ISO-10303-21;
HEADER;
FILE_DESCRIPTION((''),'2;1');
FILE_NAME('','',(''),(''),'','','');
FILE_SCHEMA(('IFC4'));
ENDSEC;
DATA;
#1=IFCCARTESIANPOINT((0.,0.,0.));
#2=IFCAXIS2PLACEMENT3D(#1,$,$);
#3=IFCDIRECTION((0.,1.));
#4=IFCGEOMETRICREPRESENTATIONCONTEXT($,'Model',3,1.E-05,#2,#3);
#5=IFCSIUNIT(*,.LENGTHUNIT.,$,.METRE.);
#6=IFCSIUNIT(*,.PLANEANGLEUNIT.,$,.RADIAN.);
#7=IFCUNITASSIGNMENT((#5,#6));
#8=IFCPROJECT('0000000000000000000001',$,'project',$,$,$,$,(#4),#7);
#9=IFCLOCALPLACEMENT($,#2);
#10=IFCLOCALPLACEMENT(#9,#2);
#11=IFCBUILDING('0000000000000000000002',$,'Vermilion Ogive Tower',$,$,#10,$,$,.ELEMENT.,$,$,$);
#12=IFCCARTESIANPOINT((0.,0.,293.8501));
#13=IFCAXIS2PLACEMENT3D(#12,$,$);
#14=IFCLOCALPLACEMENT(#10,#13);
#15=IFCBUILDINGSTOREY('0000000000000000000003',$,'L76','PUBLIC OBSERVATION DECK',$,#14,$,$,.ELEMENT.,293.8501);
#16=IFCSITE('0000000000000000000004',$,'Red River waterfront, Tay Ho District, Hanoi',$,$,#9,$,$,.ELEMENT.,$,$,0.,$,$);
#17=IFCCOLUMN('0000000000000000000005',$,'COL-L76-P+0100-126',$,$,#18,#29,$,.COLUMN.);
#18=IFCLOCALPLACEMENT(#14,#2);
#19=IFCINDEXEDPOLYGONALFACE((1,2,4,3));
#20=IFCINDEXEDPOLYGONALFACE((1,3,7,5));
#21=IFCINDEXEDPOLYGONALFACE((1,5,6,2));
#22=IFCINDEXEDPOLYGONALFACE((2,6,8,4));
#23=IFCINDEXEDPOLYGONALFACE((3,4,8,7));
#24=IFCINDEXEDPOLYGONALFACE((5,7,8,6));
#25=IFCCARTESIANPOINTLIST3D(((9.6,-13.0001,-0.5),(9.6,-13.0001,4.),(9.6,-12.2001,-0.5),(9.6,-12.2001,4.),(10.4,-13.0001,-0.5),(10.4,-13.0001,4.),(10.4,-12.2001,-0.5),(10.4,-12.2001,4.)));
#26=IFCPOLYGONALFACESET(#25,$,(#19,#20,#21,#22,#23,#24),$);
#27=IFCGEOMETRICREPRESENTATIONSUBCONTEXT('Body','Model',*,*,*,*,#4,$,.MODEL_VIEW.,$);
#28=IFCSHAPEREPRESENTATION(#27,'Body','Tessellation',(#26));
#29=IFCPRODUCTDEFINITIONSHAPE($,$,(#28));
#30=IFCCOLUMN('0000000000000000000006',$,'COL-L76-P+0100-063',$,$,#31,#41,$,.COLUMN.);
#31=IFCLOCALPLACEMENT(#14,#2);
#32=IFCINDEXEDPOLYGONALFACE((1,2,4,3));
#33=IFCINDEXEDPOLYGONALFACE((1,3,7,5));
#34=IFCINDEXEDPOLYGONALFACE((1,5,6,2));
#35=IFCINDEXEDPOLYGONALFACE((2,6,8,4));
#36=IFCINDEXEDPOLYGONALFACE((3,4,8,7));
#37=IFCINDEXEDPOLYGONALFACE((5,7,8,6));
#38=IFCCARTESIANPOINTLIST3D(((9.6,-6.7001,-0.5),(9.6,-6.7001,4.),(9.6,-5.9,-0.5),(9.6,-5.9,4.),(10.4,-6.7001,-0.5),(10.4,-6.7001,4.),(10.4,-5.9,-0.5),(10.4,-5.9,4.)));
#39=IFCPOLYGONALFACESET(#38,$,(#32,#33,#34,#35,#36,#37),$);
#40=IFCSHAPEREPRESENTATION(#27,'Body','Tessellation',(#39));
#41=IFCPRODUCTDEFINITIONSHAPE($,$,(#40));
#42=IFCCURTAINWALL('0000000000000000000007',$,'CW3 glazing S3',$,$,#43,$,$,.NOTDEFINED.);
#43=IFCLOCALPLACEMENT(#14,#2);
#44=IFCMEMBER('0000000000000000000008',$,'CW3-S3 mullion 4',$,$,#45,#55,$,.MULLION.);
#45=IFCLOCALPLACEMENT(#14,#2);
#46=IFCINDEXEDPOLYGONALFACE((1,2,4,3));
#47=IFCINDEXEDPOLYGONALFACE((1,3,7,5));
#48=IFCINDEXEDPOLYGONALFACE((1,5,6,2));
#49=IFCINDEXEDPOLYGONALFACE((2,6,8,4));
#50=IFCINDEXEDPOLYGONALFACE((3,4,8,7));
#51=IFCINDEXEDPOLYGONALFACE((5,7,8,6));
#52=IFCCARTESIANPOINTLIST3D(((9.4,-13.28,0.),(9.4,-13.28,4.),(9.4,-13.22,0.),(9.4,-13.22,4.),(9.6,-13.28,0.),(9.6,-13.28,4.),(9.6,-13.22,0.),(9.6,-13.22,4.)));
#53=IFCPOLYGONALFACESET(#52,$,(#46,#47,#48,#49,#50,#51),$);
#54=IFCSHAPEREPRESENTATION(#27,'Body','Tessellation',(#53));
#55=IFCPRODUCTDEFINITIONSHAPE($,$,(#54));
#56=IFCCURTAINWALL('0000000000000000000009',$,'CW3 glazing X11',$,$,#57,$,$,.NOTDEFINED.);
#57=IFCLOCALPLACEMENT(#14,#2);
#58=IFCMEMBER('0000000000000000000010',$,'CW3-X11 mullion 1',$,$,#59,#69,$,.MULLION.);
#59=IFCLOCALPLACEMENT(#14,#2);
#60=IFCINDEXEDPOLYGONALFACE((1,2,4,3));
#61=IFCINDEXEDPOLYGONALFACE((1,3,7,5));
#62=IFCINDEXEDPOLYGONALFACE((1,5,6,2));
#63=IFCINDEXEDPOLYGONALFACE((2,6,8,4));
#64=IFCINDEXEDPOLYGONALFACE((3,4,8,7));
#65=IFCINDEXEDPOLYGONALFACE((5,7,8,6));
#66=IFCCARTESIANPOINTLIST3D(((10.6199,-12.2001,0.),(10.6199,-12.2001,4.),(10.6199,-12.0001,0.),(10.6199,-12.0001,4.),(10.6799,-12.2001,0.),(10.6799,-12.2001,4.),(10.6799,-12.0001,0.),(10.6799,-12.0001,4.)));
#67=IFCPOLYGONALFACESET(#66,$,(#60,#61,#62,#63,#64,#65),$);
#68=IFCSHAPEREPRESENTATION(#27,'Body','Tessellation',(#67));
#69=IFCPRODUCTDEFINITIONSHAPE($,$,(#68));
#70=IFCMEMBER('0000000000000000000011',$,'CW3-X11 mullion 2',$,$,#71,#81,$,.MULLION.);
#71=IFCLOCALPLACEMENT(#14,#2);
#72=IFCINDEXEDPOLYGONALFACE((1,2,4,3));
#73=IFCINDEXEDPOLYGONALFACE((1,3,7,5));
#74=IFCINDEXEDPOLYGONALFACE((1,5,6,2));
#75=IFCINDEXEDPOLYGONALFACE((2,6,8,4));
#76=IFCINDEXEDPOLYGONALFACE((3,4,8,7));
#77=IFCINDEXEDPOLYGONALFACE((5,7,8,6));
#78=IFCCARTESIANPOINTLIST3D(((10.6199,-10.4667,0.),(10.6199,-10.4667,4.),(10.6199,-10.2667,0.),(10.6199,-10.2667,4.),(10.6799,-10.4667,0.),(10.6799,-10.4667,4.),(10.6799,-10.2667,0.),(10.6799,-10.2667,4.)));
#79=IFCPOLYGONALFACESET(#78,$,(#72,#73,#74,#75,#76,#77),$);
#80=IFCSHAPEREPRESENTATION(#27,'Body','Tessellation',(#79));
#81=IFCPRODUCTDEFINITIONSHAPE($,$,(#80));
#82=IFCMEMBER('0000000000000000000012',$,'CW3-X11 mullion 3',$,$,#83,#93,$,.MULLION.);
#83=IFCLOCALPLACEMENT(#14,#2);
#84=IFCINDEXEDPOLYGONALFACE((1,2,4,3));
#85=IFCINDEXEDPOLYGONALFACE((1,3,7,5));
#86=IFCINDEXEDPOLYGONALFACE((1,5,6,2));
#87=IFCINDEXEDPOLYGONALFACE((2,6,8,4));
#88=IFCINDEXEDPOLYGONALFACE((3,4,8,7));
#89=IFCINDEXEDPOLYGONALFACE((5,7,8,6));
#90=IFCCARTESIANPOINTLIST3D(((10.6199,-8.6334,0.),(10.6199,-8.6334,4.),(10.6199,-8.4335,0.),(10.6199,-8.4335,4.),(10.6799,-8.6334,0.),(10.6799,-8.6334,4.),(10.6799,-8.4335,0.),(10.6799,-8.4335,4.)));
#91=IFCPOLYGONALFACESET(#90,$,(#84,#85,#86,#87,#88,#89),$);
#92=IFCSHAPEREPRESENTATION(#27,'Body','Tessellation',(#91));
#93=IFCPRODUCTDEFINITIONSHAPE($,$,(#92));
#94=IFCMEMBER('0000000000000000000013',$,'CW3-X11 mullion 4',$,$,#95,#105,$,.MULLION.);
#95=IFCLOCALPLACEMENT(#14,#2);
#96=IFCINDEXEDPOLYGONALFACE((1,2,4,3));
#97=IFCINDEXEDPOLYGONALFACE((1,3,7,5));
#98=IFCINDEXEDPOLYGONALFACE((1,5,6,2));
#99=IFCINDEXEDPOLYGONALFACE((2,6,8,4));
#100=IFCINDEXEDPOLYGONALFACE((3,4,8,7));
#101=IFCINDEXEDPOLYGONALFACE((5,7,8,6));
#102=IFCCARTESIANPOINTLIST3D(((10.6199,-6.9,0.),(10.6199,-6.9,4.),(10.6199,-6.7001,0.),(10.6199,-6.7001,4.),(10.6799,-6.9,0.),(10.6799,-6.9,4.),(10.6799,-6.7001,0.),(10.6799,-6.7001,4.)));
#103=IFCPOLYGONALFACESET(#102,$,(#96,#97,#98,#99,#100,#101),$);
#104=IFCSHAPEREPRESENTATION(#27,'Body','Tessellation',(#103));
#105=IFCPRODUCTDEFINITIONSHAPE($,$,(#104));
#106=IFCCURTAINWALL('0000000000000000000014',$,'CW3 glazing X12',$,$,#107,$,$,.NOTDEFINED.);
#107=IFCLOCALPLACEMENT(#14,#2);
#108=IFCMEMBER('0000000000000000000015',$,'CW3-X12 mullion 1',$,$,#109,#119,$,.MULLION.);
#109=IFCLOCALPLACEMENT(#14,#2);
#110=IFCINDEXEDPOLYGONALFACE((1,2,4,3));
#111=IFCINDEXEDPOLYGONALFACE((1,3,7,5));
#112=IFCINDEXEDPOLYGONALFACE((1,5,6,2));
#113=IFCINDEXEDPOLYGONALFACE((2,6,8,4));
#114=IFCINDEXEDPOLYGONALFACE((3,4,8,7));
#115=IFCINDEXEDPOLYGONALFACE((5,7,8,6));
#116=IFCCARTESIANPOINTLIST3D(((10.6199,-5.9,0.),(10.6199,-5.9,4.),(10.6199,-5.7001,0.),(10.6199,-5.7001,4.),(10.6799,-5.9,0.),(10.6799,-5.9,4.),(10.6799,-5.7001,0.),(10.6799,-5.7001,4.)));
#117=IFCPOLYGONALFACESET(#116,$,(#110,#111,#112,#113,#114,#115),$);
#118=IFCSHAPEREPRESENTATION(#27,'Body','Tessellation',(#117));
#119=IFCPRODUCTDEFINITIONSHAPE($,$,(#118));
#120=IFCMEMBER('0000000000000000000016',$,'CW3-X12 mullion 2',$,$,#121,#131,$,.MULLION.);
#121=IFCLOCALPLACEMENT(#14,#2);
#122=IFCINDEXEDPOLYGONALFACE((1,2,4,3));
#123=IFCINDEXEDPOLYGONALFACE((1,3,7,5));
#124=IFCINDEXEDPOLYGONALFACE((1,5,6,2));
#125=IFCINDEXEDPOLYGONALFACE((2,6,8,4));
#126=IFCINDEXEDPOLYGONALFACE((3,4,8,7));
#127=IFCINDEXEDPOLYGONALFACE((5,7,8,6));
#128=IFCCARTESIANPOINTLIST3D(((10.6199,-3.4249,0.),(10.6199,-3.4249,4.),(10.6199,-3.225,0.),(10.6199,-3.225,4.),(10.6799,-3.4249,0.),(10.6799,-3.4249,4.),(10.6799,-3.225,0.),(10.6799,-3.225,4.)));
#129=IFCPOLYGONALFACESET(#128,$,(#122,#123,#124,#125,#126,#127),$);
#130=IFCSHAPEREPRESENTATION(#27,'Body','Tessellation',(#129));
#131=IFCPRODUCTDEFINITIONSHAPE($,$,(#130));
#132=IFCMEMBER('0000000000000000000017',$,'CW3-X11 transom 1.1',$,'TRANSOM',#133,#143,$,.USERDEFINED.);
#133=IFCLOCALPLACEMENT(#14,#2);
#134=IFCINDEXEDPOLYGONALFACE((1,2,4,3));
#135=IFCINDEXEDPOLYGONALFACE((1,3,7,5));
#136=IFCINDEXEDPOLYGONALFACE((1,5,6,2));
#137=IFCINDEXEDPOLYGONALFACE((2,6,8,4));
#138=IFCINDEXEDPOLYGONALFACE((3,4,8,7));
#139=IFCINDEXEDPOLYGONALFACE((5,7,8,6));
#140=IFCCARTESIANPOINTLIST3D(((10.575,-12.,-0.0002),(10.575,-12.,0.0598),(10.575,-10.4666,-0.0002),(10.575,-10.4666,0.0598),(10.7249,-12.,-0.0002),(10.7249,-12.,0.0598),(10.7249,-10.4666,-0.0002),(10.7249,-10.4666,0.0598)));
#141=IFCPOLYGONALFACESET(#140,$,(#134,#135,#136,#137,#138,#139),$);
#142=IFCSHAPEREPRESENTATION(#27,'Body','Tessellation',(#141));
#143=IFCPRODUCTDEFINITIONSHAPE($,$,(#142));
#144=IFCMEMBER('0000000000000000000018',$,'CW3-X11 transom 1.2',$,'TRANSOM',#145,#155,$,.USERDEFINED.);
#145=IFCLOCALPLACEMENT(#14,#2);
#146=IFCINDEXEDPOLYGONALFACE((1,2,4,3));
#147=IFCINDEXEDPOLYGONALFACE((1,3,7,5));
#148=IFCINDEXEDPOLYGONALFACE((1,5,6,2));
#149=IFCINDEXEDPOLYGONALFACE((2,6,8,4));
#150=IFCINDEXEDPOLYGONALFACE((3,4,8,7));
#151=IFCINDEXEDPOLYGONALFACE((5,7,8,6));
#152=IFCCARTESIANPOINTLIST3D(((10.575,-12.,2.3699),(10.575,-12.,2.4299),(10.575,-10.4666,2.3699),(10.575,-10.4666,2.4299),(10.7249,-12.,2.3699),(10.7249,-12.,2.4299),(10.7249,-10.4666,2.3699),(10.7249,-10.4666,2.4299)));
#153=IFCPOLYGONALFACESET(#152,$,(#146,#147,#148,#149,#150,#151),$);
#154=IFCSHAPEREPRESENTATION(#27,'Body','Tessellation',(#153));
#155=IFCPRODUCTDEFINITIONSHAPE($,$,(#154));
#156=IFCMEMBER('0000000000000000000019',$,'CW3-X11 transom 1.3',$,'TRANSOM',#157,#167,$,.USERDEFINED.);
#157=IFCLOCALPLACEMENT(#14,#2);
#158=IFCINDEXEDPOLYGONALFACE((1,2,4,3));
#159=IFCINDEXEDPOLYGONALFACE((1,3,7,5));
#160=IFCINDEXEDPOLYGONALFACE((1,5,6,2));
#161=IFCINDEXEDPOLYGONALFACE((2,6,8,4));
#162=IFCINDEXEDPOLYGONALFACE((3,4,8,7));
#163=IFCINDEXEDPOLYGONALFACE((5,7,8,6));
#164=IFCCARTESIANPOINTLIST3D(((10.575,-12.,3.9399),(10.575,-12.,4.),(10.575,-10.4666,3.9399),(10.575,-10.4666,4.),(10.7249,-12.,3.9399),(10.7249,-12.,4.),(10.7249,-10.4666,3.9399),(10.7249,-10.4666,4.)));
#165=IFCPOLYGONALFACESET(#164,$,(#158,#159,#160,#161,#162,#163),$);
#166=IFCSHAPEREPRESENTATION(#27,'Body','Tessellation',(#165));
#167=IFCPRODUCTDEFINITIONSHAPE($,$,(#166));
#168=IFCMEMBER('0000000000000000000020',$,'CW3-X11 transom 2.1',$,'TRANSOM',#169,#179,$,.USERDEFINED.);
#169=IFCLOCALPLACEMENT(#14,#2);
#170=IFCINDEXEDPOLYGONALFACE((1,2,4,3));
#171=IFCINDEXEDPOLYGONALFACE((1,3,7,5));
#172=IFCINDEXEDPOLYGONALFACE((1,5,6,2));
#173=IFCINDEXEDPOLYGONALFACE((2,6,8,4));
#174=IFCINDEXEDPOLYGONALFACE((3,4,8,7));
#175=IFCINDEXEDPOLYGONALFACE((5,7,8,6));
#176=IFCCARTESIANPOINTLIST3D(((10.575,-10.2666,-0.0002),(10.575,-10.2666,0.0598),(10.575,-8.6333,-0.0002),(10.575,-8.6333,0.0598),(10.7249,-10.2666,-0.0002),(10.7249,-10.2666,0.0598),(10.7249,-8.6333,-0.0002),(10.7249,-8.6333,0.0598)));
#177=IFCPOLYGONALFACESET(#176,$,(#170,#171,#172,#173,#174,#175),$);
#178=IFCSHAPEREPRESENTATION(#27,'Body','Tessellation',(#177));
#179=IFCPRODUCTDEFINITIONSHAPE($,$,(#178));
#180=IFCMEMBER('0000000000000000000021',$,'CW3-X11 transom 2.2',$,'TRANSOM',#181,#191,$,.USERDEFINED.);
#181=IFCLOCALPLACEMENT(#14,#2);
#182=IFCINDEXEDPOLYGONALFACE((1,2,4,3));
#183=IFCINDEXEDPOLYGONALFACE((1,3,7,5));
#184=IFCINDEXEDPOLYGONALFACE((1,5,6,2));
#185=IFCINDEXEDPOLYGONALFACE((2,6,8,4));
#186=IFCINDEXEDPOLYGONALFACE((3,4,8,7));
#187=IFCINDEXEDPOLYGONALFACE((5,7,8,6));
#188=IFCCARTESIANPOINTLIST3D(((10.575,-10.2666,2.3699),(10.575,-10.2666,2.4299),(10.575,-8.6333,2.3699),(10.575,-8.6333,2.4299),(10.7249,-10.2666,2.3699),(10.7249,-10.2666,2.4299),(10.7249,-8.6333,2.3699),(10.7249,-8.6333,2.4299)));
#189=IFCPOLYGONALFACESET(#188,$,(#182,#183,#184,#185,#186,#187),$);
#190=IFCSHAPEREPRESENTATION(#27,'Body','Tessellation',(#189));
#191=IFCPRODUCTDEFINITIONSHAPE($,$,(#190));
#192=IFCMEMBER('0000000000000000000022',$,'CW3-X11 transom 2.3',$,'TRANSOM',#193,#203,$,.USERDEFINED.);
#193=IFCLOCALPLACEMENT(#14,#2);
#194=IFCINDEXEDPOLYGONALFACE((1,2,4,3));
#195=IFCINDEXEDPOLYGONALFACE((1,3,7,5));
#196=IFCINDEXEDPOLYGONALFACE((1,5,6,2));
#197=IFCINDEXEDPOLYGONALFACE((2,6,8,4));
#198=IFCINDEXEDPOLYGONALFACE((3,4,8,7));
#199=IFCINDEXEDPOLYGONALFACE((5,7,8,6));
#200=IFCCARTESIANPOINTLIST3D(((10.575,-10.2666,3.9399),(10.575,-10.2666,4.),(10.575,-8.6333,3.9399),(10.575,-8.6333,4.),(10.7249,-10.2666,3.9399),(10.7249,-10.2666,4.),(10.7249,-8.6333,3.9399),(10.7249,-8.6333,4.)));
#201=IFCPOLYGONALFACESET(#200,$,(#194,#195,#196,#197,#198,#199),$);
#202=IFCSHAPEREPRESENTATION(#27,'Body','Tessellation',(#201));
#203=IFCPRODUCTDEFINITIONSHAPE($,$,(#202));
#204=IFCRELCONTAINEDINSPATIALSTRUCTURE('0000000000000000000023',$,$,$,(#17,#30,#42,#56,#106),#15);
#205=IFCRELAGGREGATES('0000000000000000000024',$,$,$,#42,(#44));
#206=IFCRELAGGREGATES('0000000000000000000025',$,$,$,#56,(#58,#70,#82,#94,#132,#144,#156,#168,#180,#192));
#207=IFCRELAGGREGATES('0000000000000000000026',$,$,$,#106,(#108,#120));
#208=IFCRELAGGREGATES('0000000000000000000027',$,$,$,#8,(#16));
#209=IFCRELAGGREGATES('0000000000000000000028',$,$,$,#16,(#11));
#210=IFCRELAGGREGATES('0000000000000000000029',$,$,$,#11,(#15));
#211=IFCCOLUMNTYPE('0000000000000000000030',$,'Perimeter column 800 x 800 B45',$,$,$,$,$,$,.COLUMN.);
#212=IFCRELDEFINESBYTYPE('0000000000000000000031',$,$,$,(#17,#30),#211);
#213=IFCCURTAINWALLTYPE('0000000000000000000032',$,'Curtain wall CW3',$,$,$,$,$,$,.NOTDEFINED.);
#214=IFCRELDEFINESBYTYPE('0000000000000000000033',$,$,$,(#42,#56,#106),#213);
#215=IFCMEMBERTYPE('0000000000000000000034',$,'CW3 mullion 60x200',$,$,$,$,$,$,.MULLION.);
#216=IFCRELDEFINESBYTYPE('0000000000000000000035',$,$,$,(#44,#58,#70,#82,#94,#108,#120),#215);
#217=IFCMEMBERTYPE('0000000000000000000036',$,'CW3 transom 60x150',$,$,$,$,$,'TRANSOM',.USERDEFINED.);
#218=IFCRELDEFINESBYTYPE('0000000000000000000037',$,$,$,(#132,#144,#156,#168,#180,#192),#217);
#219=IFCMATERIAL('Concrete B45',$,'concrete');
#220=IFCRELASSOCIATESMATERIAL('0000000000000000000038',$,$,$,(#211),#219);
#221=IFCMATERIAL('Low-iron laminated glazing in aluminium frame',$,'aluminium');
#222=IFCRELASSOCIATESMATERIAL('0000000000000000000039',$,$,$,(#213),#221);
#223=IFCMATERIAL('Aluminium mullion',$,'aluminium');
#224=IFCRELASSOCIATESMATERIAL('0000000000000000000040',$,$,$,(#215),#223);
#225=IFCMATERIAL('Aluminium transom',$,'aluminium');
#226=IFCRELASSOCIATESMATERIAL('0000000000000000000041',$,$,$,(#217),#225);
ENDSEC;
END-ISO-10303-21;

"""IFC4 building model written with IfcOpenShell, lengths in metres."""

from ifc_helpers import new_model, si_unit, direction, frame, origin, origin_2d, place, context, subcontext, project, spatial, rectangle, extrude, material, material_profile, profile_set, type_object, element, aggregate, save


model = new_model("IFC4")

# Units and contexts
model_context = context("Model", 3, precision=1e-05, world=origin(), true_north=direction((0.0, 1.0)))
body_context = subcontext(model_context, "Body", "Model", "MODEL_VIEW")
ifc_project = project(units=[si_unit("LENGTHUNIT", "METRE"), si_unit("PLANEANGLEUNIT", "RADIAN")], contexts=[model_context])

# Site, building, storey
site_placement = place(None, origin())
site = spatial("IfcSite", under=ifc_project, at=site_placement, Name="Red River waterfront, Tay Ho District, Hanoi", CompositionType="ELEMENT", RefElevation=0.0)
building_placement = place(site_placement, origin())
building = spatial("IfcBuilding", under=site, at=building_placement, Name="Vermilion Ogive Tower", CompositionType="ELEMENT")
storey_placement = place(building_placement, frame((0.0, 0.0, 293.8501)))
storey = spatial("IfcBuildingStorey", under=building, at=storey_placement, Name="L76", Description="PUBLIC OBSERVATION DECK", CompositionType="ELEMENT", Elevation=293.8501)

# Columns
ifc_material_1 = material(Name="Concrete B45", Category="concrete")
ifc_material_profile_1 = material_profile(ifc_material_1, rectangle(XDim=0.8, YDim=0.8, at=origin_2d()), Name="800 x 800")
ifc_profile_set_1 = profile_set([ifc_material_profile_1], Name="Concrete B45")
column_type = type_object("IfcColumnType", Name="Perimeter column 800 x 800 B45", PredefinedType="COLUMN", material=ifc_profile_set_1)
for number, where, z_axis, x_axis, name in (
    (1, (10.0, -12.6001, -0.5), (0.0, 0.0, 1.0), (1.0, 0.0, 0.0), "COL-L76-P+0100-126"),
    (2, (10.0, -6.3, -0.5), (0.0, 0.0, 1.0), (1.0, 0.0, 0.0), "COL-L76-P+0100-063"),
):
    element("IfcColumn", number, at=place(storey_placement, frame(where, z_axis=z_axis, x_axis=x_axis)), inside=storey, type_object=column_type, Name=name, PredefinedType="COLUMN", context=body_context, shape_type="SweptSolid", body=[
        extrude(rectangle(XDim=0.8, YDim=0.8, at=origin_2d()), origin(), (0.0, 0.0, 1.0), 4.5),
    ])

# Curtain wall, member
ifc_material_2 = material(Name="Low-iron laminated glazing in aluminium frame", Category="aluminium")
curtain_wall_type = type_object("IfcCurtainWallType", Name="Curtain wall CW3", PredefinedType="NOTDEFINED", material=ifc_material_2)
curtain_wall_1_placement = place(storey_placement, origin())
curtain_wall_1 = element("IfcCurtainWall", 3, at=curtain_wall_1_placement, inside=storey, type_object=curtain_wall_type, Name="CW3 glazing S3", PredefinedType="NOTDEFINED")
ifc_material_3 = material(Name="Aluminium mullion", Category="aluminium")
ifc_material_profile_2 = material_profile(ifc_material_3, rectangle(XDim=0.0601, YDim=0.2, at=origin_2d()), Name="AL 60x200")
ifc_profile_set_2 = profile_set([ifc_material_profile_2], Name="Aluminium mullion")
member_type_1 = type_object("IfcMemberType", Name="CW3 mullion 60x200", PredefinedType="MULLION", material=ifc_profile_set_2)
member_1_placement = place(storey_placement, frame((9.5, -13.25, 0.0), z_axis=(0.0, 0.0, 1.0), x_axis=(0.0, 1.0, 0.0)))
member_1 = element("IfcMember", 4, at=member_1_placement, type_object=member_type_1, Name="CW3-S3 mullion 4", PredefinedType="MULLION", context=body_context, shape_type="SweptSolid", body=[
    extrude(rectangle(XDim=0.0601, YDim=0.2, at=origin_2d()), origin(), (0.0, 0.0, 1.0), 4.0),
])

# Curtain walls, members
curtain_wall_2_placement = place(storey_placement, origin())
curtain_wall_2 = element("IfcCurtainWall", 5, at=curtain_wall_2_placement, inside=storey, type_object=curtain_wall_type, Name="CW3 glazing X11", PredefinedType="NOTDEFINED")
member_2_placement = place(storey_placement, frame((10.6499, -12.1001, 0.0), z_axis=(0.0, 0.0, 1.0), x_axis=(-1.0, 0.0, 0.0)))
member_2 = element("IfcMember", 6, at=member_2_placement, type_object=member_type_1, Name="CW3-X11 mullion 1", PredefinedType="MULLION", context=body_context, shape_type="SweptSolid", body=[
    extrude(rectangle(XDim=0.0601, YDim=0.2, at=origin_2d()), origin(), (0.0, 0.0, 1.0), 4.0),
])
member_3_placement = place(storey_placement, frame((10.6499, -10.3667, 0.0), z_axis=(0.0, 0.0, 1.0), x_axis=(-1.0, 0.0, 0.0)))
member_3 = element("IfcMember", 7, at=member_3_placement, type_object=member_type_1, Name="CW3-X11 mullion 2", PredefinedType="MULLION", context=body_context, shape_type="SweptSolid", body=[
    extrude(rectangle(XDim=0.0601, YDim=0.2, at=origin_2d()), origin(), (0.0, 0.0, 1.0), 4.0),
])
member_4_placement = place(storey_placement, frame((10.6499, -8.5334, 0.0), z_axis=(0.0, 0.0, 1.0), x_axis=(-1.0, 0.0, 0.0)))
member_4 = element("IfcMember", 8, at=member_4_placement, type_object=member_type_1, Name="CW3-X11 mullion 3", PredefinedType="MULLION", context=body_context, shape_type="SweptSolid", body=[
    extrude(rectangle(XDim=0.0601, YDim=0.2, at=origin_2d()), origin(), (0.0, 0.0, 1.0), 4.0),
])
member_5_placement = place(storey_placement, frame((10.6499, -6.8, 0.0), z_axis=(0.0, 0.0, 1.0), x_axis=(-1.0, 0.0, 0.0)))
member_5 = element("IfcMember", 9, at=member_5_placement, type_object=member_type_1, Name="CW3-X11 mullion 4", PredefinedType="MULLION", context=body_context, shape_type="SweptSolid", body=[
    extrude(rectangle(XDim=0.0601, YDim=0.2, at=origin_2d()), origin(), (0.0, 0.0, 1.0), 4.0),
])
curtain_wall_3_placement = place(storey_placement, origin())
curtain_wall_3 = element("IfcCurtainWall", 10, at=curtain_wall_3_placement, inside=storey, type_object=curtain_wall_type, Name="CW3 glazing X12", PredefinedType="NOTDEFINED")
member_6_placement = place(storey_placement, frame((10.6499, -5.8, 0.0), z_axis=(0.0, 0.0, 1.0), x_axis=(-1.0, 0.0, 0.0)))
member_6 = element("IfcMember", 11, at=member_6_placement, type_object=member_type_1, Name="CW3-X12 mullion 1", PredefinedType="MULLION", context=body_context, shape_type="SweptSolid", body=[
    extrude(rectangle(XDim=0.0601, YDim=0.2, at=origin_2d()), origin(), (0.0, 0.0, 1.0), 4.0),
])
member_7_placement = place(storey_placement, frame((10.6499, -3.325, 0.0), z_axis=(0.0, 0.0, 1.0), x_axis=(-1.0, 0.0, 0.0)))
member_7 = element("IfcMember", 12, at=member_7_placement, type_object=member_type_1, Name="CW3-X12 mullion 2", PredefinedType="MULLION", context=body_context, shape_type="SweptSolid", body=[
    extrude(rectangle(XDim=0.0601, YDim=0.2, at=origin_2d()), origin(), (0.0, 0.0, 1.0), 4.0),
])

# Members
ifc_material_4 = material(Name="Aluminium transom", Category="aluminium")
ifc_material_profile_3 = material_profile(ifc_material_4, rectangle(XDim=0.1499, YDim=0.0601, at=origin_2d()), Name="AL 60x150")
ifc_profile_set_3 = profile_set([ifc_material_profile_3], Name="Aluminium transom")
member_type_2 = type_object("IfcMemberType", Name="CW3 transom 60x150", ElementType="TRANSOM", PredefinedType="USERDEFINED", material=ifc_profile_set_3)
member_8_placement = place(storey_placement, frame((10.6499, -12.0, 0.0298), z_axis=(0.0, 1.0, 0.0), x_axis=(-1.0, 0.0, 0.0)))
member_8 = element("IfcMember", 13, at=member_8_placement, type_object=member_type_2, Name="CW3-X11 transom 1.1", ObjectType="TRANSOM", PredefinedType="USERDEFINED", context=body_context, shape_type="SweptSolid", body=[
    extrude(rectangle(XDim=0.1499, YDim=0.0601, at=origin_2d()), origin(), (0.0, 0.0, 1.0), 1.5334),
])
member_9_placement = place(storey_placement, frame((10.6499, -12.0, 2.3999), z_axis=(0.0, 1.0, 0.0), x_axis=(-1.0, 0.0, 0.0)))
member_9 = element("IfcMember", 14, at=member_9_placement, type_object=member_type_2, Name="CW3-X11 transom 1.2", ObjectType="TRANSOM", PredefinedType="USERDEFINED", context=body_context, shape_type="SweptSolid", body=[
    extrude(rectangle(XDim=0.1499, YDim=0.0601, at=origin_2d()), origin(), (0.0, 0.0, 1.0), 1.5334),
])
member_10_placement = place(storey_placement, frame((10.6499, -12.0, 3.97), z_axis=(0.0, 1.0, 0.0), x_axis=(-1.0, 0.0, 0.0)))
member_10 = element("IfcMember", 15, at=member_10_placement, type_object=member_type_2, Name="CW3-X11 transom 1.3", ObjectType="TRANSOM", PredefinedType="USERDEFINED", context=body_context, shape_type="SweptSolid", body=[
    extrude(rectangle(XDim=0.1499, YDim=0.0601, at=origin_2d()), origin(), (0.0, 0.0, 1.0), 1.5334),
])
member_11_placement = place(storey_placement, frame((10.6499, -10.2666, 0.0298), z_axis=(0.0, 1.0, 0.0), x_axis=(-1.0, 0.0, 0.0)))
member_11 = element("IfcMember", 16, at=member_11_placement, type_object=member_type_2, Name="CW3-X11 transom 2.1", ObjectType="TRANSOM", PredefinedType="USERDEFINED", context=body_context, shape_type="SweptSolid", body=[
    extrude(rectangle(XDim=0.1499, YDim=0.0601, at=origin_2d()), origin(), (0.0, 0.0, 1.0), 1.6333),
])
member_12_placement = place(storey_placement, frame((10.6499, -10.2666, 2.3999), z_axis=(0.0, 1.0, 0.0), x_axis=(-1.0, 0.0, 0.0)))
member_12 = element("IfcMember", 17, at=member_12_placement, type_object=member_type_2, Name="CW3-X11 transom 2.2", ObjectType="TRANSOM", PredefinedType="USERDEFINED", context=body_context, shape_type="SweptSolid", body=[
    extrude(rectangle(XDim=0.1499, YDim=0.0601, at=origin_2d()), origin(), (0.0, 0.0, 1.0), 1.6333),
])
member_13_placement = place(storey_placement, frame((10.6499, -10.2666, 3.97), z_axis=(0.0, 1.0, 0.0), x_axis=(-1.0, 0.0, 0.0)))
member_13 = element("IfcMember", 18, at=member_13_placement, type_object=member_type_2, Name="CW3-X11 transom 2.3", ObjectType="TRANSOM", PredefinedType="USERDEFINED", context=body_context, shape_type="SweptSolid", body=[
    extrude(rectangle(XDim=0.1499, YDim=0.0601, at=origin_2d()), origin(), (0.0, 0.0, 1.0), 1.6333),
])

aggregate(curtain_wall_1, [member_1])
aggregate(curtain_wall_2, [member_2, member_3, member_4, member_5, member_8, member_9, member_10, member_11, member_12, member_13])
aggregate(curtain_wall_3, [member_6, member_7])

save(model, "model.ifc")
